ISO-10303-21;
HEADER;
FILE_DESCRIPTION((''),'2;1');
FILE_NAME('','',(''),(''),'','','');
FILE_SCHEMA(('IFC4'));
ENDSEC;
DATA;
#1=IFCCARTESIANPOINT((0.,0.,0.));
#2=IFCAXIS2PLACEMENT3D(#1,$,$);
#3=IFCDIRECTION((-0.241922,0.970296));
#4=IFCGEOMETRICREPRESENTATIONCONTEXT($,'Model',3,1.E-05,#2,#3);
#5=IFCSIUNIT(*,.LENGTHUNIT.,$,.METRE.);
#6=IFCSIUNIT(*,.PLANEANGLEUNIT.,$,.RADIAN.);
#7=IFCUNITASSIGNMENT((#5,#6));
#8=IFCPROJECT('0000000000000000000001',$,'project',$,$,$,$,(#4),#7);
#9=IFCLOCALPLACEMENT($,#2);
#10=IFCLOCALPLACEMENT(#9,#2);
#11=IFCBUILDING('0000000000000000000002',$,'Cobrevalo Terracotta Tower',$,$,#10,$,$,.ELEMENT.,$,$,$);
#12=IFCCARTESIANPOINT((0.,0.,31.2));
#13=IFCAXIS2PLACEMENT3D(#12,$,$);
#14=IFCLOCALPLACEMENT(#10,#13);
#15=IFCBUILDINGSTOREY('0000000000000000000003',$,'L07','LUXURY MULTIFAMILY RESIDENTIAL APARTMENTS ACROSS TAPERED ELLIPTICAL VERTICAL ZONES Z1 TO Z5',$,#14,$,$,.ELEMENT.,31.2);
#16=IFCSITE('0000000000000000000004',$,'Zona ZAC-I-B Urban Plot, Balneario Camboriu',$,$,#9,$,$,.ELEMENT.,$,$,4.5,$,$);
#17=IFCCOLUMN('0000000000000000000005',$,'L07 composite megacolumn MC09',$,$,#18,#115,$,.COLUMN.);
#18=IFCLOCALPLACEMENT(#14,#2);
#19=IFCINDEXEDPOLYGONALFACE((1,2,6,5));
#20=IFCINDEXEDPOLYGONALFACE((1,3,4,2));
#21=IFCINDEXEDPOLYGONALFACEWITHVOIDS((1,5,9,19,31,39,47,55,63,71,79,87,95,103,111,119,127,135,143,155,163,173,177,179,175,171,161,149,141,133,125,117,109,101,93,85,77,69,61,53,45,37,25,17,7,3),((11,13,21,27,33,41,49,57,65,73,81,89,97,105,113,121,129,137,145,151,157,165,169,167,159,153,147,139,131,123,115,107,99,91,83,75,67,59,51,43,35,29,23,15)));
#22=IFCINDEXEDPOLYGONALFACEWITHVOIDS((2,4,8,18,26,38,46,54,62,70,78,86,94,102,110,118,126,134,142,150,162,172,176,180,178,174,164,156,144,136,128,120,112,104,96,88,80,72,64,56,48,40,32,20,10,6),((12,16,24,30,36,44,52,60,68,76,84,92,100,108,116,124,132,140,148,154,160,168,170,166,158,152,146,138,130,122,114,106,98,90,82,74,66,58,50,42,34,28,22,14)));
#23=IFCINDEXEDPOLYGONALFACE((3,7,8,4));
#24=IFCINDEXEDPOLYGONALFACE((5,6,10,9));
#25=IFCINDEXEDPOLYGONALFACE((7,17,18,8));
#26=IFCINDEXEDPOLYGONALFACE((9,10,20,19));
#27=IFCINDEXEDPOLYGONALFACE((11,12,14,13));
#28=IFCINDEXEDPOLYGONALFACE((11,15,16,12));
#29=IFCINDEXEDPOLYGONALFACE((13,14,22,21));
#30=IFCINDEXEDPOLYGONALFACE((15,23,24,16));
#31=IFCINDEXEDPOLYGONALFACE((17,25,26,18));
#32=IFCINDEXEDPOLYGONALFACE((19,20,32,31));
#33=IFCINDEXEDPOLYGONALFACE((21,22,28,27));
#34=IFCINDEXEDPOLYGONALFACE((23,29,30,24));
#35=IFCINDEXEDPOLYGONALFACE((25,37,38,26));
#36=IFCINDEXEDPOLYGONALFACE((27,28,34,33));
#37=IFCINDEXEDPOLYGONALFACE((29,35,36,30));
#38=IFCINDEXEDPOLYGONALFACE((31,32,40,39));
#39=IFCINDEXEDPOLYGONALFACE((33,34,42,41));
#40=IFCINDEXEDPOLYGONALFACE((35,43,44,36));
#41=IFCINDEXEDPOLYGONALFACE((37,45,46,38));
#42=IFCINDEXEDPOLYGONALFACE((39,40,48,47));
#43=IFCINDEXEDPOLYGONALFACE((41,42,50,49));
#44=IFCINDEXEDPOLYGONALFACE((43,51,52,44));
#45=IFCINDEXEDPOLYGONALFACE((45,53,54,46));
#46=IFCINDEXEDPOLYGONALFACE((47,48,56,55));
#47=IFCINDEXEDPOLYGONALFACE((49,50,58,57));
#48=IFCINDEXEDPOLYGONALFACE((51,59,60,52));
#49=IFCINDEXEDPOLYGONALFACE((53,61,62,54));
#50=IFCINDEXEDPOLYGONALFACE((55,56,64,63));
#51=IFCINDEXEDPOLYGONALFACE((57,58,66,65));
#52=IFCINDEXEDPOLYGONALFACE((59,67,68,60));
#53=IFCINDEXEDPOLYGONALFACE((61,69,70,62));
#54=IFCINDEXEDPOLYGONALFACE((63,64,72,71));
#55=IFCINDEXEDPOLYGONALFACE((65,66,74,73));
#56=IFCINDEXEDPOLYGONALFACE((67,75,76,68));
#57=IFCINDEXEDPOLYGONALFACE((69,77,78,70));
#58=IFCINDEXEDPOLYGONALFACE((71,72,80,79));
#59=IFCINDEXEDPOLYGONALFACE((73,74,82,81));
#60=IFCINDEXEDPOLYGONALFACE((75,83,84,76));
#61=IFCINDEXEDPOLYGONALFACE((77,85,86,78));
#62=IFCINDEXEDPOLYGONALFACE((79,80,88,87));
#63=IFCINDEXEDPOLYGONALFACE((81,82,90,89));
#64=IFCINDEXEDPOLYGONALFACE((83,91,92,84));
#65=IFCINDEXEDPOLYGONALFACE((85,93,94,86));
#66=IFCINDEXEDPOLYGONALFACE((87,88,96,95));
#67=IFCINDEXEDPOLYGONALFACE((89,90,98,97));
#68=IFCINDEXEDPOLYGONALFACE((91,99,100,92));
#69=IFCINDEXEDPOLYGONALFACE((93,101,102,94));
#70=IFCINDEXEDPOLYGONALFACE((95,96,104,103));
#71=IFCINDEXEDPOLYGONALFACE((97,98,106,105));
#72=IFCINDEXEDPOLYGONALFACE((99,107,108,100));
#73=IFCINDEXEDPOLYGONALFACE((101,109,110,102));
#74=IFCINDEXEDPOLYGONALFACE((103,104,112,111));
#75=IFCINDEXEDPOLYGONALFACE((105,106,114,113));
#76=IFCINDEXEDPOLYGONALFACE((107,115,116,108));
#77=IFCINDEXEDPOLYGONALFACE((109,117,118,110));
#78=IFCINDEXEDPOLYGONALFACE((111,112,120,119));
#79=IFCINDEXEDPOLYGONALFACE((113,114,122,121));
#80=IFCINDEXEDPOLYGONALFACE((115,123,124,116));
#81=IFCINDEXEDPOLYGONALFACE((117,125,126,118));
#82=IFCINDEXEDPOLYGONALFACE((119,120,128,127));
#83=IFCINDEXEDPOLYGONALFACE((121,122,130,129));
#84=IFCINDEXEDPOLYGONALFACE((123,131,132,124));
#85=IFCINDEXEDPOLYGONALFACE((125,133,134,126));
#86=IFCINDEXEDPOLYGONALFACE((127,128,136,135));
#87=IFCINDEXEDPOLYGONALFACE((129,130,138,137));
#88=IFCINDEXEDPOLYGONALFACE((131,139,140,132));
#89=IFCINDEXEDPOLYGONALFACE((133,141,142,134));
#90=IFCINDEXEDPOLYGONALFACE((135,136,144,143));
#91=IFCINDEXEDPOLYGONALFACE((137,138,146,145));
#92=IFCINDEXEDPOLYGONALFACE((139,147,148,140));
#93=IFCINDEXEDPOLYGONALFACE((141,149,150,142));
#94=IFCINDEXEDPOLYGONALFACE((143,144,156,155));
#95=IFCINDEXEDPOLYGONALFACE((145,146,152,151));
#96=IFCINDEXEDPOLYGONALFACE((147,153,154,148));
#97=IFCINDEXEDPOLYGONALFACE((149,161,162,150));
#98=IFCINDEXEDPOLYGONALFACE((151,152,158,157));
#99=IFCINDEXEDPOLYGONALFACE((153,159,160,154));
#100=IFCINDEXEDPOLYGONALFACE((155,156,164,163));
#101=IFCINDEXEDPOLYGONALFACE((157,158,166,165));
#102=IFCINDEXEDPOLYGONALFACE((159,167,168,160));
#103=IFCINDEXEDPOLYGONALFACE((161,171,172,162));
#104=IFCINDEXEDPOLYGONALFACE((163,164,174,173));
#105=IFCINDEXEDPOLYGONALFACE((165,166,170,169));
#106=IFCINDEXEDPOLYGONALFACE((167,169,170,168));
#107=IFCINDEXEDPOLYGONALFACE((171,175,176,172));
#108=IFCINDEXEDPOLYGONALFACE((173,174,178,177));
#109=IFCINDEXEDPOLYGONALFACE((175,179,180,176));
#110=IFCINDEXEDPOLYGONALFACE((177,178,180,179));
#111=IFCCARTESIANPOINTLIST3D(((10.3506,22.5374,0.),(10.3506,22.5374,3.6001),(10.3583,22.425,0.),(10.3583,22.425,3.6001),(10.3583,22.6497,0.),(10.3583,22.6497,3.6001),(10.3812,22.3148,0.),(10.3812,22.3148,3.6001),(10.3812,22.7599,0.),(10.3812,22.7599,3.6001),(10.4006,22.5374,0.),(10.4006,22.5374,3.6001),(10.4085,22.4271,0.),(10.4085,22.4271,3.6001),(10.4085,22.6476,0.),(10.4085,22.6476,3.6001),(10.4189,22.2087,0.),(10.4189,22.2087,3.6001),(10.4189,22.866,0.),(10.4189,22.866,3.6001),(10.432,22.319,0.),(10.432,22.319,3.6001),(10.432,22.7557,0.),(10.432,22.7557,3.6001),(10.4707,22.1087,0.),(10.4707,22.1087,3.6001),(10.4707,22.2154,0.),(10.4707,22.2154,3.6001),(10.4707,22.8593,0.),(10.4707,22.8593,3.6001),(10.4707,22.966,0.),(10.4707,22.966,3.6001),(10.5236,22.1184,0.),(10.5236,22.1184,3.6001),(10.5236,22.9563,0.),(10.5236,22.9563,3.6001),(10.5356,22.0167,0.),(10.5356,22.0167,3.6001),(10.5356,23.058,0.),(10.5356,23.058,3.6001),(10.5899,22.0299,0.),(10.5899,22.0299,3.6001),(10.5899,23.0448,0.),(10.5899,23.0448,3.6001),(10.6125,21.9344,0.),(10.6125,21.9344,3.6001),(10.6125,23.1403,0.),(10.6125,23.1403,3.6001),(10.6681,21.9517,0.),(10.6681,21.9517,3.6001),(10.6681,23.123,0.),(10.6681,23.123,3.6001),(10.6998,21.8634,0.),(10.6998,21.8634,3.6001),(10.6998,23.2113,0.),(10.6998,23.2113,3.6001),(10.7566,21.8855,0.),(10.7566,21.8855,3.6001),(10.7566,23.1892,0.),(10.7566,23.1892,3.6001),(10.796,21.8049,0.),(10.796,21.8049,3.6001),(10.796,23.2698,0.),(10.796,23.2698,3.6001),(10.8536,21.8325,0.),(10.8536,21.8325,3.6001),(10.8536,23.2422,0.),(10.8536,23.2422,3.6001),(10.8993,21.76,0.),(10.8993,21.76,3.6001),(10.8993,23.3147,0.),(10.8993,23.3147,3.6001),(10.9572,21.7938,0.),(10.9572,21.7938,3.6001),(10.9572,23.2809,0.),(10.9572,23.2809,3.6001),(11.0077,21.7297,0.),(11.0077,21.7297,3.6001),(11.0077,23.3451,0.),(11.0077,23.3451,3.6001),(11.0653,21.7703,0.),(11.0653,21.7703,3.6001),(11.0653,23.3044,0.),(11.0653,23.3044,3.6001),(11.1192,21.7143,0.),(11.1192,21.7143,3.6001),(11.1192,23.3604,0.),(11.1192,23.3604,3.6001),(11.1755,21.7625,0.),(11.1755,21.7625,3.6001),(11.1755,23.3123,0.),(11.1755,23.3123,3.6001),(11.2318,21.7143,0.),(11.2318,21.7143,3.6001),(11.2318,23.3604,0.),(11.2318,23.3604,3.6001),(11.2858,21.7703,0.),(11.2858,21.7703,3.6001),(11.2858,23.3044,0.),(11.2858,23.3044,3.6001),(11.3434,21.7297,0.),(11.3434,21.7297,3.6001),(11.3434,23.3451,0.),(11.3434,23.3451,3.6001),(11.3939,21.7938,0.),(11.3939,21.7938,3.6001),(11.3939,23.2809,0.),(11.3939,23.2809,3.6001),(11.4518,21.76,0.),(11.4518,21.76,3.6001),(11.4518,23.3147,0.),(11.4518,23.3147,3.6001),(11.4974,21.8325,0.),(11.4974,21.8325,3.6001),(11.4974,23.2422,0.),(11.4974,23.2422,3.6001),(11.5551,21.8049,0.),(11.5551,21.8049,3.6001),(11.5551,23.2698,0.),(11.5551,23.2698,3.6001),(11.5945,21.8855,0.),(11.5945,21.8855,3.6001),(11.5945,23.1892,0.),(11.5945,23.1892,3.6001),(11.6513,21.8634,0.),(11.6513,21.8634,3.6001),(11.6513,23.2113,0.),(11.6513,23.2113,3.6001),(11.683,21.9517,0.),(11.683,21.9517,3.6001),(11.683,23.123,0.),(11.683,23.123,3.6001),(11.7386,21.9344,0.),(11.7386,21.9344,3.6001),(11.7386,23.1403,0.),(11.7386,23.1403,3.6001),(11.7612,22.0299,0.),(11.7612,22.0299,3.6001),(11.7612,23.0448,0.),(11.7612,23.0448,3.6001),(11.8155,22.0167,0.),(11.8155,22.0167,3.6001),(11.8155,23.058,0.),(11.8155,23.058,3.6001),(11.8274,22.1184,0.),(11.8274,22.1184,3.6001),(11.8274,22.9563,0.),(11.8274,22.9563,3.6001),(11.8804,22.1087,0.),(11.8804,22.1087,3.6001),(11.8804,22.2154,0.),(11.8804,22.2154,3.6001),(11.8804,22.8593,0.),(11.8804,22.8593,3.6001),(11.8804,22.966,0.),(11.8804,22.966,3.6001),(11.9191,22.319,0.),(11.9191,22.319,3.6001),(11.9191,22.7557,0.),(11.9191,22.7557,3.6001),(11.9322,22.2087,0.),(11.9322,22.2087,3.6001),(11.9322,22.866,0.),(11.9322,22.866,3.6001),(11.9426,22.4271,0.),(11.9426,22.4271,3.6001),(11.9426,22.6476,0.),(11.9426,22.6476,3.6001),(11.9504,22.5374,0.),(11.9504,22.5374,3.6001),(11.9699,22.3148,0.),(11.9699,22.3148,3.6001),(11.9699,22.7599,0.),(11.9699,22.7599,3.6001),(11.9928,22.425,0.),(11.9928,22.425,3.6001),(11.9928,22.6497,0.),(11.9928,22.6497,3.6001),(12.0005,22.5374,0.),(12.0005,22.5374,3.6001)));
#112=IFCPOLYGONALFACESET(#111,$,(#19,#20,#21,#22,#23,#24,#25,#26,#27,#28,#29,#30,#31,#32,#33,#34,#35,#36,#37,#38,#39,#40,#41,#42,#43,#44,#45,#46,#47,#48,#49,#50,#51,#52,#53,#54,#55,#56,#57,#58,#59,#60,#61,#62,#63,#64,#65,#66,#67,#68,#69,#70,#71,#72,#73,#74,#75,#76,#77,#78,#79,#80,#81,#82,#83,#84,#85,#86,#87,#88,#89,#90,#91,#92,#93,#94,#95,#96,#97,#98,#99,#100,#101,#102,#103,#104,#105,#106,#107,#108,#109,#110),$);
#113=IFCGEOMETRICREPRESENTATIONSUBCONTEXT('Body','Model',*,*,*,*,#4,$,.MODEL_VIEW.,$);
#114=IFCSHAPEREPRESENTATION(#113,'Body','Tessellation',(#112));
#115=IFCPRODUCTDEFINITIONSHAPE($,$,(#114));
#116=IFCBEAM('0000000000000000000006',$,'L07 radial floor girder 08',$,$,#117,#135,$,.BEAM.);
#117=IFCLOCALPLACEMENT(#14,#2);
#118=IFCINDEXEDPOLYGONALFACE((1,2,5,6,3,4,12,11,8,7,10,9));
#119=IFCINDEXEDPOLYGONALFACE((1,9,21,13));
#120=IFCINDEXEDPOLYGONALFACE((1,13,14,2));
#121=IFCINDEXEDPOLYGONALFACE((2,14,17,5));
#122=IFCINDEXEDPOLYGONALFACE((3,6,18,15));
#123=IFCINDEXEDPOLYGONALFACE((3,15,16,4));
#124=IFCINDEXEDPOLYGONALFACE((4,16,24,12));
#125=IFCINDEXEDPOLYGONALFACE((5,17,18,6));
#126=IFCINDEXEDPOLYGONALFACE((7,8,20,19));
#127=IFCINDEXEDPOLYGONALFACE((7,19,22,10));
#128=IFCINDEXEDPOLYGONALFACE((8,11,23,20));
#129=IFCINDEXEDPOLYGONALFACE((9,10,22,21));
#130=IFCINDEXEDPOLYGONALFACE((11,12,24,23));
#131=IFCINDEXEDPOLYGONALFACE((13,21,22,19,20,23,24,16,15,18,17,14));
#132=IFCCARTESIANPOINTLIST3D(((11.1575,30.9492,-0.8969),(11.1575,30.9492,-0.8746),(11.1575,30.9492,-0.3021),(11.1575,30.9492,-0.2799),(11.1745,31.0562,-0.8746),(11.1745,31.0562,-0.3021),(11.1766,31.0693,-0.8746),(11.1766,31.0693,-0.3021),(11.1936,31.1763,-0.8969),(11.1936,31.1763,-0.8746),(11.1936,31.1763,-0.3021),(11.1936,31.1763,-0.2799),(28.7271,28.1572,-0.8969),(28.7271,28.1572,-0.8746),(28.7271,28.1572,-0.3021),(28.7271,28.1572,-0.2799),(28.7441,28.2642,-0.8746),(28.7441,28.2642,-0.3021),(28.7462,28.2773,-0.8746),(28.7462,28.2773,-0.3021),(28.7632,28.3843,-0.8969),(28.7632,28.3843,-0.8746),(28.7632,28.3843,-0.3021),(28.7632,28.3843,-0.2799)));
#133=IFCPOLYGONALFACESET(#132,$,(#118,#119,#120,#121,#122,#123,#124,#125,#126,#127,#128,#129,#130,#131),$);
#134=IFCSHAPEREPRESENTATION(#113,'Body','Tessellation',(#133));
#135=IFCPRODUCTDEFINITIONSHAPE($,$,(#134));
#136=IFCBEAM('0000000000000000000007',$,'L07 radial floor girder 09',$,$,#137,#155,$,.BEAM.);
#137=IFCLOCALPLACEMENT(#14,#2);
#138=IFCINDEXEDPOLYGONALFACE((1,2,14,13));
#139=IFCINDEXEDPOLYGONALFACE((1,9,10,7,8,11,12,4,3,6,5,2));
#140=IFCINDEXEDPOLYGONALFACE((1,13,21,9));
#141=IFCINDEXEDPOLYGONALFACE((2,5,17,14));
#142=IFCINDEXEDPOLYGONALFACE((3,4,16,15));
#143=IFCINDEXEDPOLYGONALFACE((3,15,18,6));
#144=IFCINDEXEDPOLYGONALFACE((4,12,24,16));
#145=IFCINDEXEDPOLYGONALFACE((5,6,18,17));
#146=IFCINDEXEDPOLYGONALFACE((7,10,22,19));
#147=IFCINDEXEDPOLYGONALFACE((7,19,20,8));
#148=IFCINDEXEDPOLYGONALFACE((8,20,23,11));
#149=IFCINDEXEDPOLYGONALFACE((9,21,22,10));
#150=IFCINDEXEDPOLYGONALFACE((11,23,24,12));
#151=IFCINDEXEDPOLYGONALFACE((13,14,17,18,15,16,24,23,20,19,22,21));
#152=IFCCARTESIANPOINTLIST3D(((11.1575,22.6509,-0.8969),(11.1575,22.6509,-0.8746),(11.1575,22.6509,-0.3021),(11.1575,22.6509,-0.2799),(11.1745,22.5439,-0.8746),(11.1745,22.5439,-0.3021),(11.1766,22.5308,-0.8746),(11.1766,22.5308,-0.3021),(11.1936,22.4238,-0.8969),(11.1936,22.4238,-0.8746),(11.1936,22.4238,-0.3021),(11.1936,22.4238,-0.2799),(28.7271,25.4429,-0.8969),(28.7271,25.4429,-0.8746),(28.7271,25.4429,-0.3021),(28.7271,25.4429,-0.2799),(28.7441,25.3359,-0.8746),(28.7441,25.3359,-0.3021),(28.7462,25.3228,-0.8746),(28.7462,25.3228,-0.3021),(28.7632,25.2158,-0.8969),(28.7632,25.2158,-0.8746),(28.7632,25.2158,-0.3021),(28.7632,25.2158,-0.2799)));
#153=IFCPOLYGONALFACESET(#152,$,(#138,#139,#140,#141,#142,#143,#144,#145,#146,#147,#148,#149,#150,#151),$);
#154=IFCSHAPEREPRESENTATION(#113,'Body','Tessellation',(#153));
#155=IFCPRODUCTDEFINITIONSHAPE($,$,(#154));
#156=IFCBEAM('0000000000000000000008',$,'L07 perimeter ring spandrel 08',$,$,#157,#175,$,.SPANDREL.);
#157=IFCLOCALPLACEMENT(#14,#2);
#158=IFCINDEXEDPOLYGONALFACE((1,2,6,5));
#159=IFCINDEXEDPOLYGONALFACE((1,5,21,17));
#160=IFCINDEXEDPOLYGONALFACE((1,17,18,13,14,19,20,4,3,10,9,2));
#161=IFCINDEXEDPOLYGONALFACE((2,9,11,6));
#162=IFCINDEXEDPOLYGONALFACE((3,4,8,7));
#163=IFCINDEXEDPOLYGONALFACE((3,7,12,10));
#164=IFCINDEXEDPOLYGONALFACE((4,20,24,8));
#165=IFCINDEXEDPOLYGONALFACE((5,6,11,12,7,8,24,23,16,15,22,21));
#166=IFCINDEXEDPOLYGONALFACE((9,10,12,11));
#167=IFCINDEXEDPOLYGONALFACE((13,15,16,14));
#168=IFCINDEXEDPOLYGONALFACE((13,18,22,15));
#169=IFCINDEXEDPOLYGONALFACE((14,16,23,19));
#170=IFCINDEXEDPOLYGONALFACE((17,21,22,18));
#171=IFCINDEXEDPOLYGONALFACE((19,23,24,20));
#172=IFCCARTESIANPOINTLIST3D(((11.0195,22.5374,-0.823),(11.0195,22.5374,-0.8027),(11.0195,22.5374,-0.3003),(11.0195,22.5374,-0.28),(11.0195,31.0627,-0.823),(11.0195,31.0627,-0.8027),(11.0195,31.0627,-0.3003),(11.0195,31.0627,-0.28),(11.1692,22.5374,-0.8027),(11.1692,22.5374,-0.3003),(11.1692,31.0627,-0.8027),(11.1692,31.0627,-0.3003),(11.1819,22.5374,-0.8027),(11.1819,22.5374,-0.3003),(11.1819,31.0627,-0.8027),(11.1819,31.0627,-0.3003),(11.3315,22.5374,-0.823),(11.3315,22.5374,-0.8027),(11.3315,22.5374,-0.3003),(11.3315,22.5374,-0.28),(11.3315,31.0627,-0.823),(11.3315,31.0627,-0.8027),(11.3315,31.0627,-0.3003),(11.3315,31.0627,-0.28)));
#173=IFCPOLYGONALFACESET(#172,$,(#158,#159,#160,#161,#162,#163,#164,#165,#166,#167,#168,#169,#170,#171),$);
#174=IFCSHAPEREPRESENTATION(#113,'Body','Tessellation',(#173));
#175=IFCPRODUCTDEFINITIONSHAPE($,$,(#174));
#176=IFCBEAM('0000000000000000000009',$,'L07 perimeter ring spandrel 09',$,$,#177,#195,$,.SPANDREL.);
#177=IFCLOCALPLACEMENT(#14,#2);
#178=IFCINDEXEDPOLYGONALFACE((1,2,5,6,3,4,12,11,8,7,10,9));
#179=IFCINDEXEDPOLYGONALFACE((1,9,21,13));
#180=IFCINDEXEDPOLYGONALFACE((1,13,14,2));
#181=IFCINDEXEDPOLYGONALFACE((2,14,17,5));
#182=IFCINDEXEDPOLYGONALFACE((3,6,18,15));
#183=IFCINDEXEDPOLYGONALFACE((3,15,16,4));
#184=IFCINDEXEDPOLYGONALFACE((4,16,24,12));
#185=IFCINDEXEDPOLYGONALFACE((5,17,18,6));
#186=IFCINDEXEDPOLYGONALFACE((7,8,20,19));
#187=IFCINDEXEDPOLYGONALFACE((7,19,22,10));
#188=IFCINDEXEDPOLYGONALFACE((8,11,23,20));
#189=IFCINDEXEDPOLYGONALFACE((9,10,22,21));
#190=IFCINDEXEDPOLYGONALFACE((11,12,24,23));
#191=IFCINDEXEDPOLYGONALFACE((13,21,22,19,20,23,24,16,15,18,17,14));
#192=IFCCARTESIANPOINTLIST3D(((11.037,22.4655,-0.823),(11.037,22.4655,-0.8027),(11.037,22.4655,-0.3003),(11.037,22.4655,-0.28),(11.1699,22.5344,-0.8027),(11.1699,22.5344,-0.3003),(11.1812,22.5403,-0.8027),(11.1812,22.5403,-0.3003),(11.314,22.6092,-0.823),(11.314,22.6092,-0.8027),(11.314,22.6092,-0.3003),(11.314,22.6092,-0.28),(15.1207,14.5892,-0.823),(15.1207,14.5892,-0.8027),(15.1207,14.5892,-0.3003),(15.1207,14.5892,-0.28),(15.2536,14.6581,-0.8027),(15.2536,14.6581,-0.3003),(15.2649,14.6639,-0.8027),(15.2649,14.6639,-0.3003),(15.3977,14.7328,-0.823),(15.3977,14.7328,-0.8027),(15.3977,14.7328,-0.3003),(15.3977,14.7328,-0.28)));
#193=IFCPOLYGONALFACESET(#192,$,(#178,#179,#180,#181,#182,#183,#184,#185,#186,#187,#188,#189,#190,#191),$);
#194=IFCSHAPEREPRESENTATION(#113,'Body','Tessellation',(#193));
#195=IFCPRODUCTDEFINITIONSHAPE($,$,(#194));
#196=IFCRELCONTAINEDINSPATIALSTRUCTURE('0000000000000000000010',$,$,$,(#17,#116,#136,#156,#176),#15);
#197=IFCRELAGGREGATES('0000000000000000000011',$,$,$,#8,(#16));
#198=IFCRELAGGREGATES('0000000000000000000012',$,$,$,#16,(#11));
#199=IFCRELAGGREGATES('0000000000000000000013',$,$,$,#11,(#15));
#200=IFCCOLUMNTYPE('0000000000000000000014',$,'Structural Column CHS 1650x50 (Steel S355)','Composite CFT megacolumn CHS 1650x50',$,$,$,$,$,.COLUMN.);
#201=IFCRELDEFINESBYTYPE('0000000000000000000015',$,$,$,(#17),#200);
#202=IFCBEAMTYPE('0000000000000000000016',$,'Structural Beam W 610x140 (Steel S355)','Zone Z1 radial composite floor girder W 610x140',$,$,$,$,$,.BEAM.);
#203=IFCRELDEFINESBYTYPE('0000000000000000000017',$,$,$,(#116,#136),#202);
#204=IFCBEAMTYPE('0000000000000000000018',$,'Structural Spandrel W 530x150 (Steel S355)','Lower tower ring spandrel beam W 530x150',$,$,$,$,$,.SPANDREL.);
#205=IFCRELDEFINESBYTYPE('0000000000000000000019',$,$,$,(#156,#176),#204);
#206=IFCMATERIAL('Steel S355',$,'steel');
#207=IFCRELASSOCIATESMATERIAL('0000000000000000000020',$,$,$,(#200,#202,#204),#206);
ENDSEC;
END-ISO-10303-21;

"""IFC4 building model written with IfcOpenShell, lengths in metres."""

from ifc_helpers import new_model, si_unit, direction, frame, origin, origin_2d, place, context, subcontext, project, spatial, hollow_circle, i_section, extrude, material, material_profile, profile_set, type_object, element, save


model = new_model("IFC4")

# Units and contexts
model_context = context("Model", 3, precision=1e-05, world=origin(), true_north=direction((-0.241922, 0.970296)))
body_context = subcontext(model_context, "Body", "Model", "MODEL_VIEW")
ifc_project = project(units=[si_unit("LENGTHUNIT", "METRE"), si_unit("PLANEANGLEUNIT", "RADIAN")], contexts=[model_context])

# Site, building, storey
site_placement = place(None, origin())
site = spatial("IfcSite", under=ifc_project, at=site_placement, Name="Zona ZAC-I-B Urban Plot, Balneario Camboriu", CompositionType="ELEMENT", RefElevation=4.5)
building_placement = place(site_placement, origin())
building = spatial("IfcBuilding", under=site, at=building_placement, Name="Cobrevalo Terracotta Tower", CompositionType="ELEMENT")
storey_placement = place(building_placement, frame((0.0, 0.0, 31.2)))
storey = spatial("IfcBuildingStorey", under=building, at=storey_placement, Name="L07", Description="LUXURY MULTIFAMILY RESIDENTIAL APARTMENTS ACROSS TAPERED ELLIPTICAL VERTICAL ZONES Z1 TO Z5", CompositionType="ELEMENT", Elevation=31.2)

# Column
ifc_material_1 = material(Name="Steel S355", Category="steel")
ifc_material_profile_1 = material_profile(ifc_material_1, hollow_circle(Radius=0.825, WallThickness=0.05, at=origin_2d()), Name="CHS 1650x50")
ifc_profile_set_1 = profile_set([ifc_material_profile_1], Name="Steel S355")
column_type = type_object("IfcColumnType", Name="Structural Column CHS 1650x50 (Steel S355)", Description="Composite CFT megacolumn CHS 1650x50", PredefinedType="COLUMN", material=ifc_profile_set_1)
for number, where, z_axis, x_axis, name in (
    (1, (11.1755, 22.5374, 0.0), (0.0, 0.0, 1.0), (1.0, 0.0, 0.0), "L07 composite megacolumn MC09"),
):
    element("IfcColumn", number, at=place(storey_placement, frame(where, z_axis=z_axis, x_axis=x_axis)), inside=storey, type_object=column_type, Name=name, PredefinedType="COLUMN", context=body_context, shape_type="SweptSolid", body=[
        extrude(hollow_circle(Radius=0.825, WallThickness=0.05, at=origin_2d()), origin(), (0.0, 0.0, 1.0), 3.6001),
    ])

# Beams
ifc_material_profile_2 = material_profile(ifc_material_1, i_section(OverallWidth=0.23, OverallDepth=0.6169, WebThickness=0.0132, FlangeThickness=0.0222, at=origin_2d()), Name="W 610x140")
ifc_profile_set_2 = profile_set([ifc_material_profile_2], Name="Steel S355")
beam_type_1 = type_object("IfcBeamType", Name="Structural Beam W 610x140 (Steel S355)", Description="Zone Z1 radial composite floor girder W 610x140", PredefinedType="BEAM", material=ifc_profile_set_2)
for number, where, z_axis, x_axis, name in (
    (2, (11.1755, 31.0627, -0.5884), (0.987608, -0.156941, 0.0), (0.156941, 0.987608, 0.0), "L07 radial floor girder 08"),
    (3, (11.1755, 22.5374, -0.5884), (0.987608, 0.156941, 0.0), (-0.156941, 0.987608, 0.0), "L07 radial floor girder 09"),
):
    element("IfcBeam", number, at=place(storey_placement, frame(where, z_axis=z_axis, x_axis=x_axis)), inside=storey, type_object=beam_type_1, Name=name, PredefinedType="BEAM", context=body_context, shape_type="SweptSolid", body=[
        extrude(i_section(OverallWidth=0.23, OverallDepth=0.6169, WebThickness=0.0132, FlangeThickness=0.0222, at=origin_2d()), origin(), (0.0, 0.0, 1.0), 17.79),
    ])
ifc_material_profile_3 = material_profile(ifc_material_1, i_section(OverallWidth=0.312, OverallDepth=0.543, WebThickness=0.0127, FlangeThickness=0.0203, at=origin_2d()), Name="W 530x150")
ifc_profile_set_3 = profile_set([ifc_material_profile_3], Name="Steel S355")
beam_type_2 = type_object("IfcBeamType", Name="Structural Spandrel W 530x150 (Steel S355)", Description="Lower tower ring spandrel beam W 530x150", PredefinedType="SPANDREL", material=ifc_profile_set_3)
beam_1_placement = place(storey_placement, frame((11.1755, 31.0627, -0.5515), z_axis=(0.0, -1.0, 0.0), x_axis=(1.0, 0.0, 0.0)))
element("IfcBeam", 4, at=beam_1_placement, inside=storey, type_object=beam_type_2, Name="L07 perimeter ring spandrel 08", PredefinedType="SPANDREL", context=body_context, shape_type="SweptSolid", body=[
    extrude(i_section(OverallWidth=0.312, OverallDepth=0.543, WebThickness=0.0127, FlangeThickness=0.0203, at=origin_2d()), origin(), (0.0, 0.0, 1.0), 8.5254),
])
beam_2_placement = place(storey_placement, frame((11.1755, 22.5374, -0.5515), z_axis=(0.460286, -0.887771, 0.0), x_axis=(0.887771, 0.460286, 0.0)))
element("IfcBeam", 5, at=beam_2_placement, inside=storey, type_object=beam_type_2, Name="L07 perimeter ring spandrel 09", PredefinedType="SPANDREL", context=body_context, shape_type="SweptSolid", body=[
    extrude(i_section(OverallWidth=0.312, OverallDepth=0.543, WebThickness=0.0127, FlangeThickness=0.0203, at=origin_2d()), origin(), (0.0, 0.0, 1.0), 8.8721),
])

save(model, "model.ifc")
